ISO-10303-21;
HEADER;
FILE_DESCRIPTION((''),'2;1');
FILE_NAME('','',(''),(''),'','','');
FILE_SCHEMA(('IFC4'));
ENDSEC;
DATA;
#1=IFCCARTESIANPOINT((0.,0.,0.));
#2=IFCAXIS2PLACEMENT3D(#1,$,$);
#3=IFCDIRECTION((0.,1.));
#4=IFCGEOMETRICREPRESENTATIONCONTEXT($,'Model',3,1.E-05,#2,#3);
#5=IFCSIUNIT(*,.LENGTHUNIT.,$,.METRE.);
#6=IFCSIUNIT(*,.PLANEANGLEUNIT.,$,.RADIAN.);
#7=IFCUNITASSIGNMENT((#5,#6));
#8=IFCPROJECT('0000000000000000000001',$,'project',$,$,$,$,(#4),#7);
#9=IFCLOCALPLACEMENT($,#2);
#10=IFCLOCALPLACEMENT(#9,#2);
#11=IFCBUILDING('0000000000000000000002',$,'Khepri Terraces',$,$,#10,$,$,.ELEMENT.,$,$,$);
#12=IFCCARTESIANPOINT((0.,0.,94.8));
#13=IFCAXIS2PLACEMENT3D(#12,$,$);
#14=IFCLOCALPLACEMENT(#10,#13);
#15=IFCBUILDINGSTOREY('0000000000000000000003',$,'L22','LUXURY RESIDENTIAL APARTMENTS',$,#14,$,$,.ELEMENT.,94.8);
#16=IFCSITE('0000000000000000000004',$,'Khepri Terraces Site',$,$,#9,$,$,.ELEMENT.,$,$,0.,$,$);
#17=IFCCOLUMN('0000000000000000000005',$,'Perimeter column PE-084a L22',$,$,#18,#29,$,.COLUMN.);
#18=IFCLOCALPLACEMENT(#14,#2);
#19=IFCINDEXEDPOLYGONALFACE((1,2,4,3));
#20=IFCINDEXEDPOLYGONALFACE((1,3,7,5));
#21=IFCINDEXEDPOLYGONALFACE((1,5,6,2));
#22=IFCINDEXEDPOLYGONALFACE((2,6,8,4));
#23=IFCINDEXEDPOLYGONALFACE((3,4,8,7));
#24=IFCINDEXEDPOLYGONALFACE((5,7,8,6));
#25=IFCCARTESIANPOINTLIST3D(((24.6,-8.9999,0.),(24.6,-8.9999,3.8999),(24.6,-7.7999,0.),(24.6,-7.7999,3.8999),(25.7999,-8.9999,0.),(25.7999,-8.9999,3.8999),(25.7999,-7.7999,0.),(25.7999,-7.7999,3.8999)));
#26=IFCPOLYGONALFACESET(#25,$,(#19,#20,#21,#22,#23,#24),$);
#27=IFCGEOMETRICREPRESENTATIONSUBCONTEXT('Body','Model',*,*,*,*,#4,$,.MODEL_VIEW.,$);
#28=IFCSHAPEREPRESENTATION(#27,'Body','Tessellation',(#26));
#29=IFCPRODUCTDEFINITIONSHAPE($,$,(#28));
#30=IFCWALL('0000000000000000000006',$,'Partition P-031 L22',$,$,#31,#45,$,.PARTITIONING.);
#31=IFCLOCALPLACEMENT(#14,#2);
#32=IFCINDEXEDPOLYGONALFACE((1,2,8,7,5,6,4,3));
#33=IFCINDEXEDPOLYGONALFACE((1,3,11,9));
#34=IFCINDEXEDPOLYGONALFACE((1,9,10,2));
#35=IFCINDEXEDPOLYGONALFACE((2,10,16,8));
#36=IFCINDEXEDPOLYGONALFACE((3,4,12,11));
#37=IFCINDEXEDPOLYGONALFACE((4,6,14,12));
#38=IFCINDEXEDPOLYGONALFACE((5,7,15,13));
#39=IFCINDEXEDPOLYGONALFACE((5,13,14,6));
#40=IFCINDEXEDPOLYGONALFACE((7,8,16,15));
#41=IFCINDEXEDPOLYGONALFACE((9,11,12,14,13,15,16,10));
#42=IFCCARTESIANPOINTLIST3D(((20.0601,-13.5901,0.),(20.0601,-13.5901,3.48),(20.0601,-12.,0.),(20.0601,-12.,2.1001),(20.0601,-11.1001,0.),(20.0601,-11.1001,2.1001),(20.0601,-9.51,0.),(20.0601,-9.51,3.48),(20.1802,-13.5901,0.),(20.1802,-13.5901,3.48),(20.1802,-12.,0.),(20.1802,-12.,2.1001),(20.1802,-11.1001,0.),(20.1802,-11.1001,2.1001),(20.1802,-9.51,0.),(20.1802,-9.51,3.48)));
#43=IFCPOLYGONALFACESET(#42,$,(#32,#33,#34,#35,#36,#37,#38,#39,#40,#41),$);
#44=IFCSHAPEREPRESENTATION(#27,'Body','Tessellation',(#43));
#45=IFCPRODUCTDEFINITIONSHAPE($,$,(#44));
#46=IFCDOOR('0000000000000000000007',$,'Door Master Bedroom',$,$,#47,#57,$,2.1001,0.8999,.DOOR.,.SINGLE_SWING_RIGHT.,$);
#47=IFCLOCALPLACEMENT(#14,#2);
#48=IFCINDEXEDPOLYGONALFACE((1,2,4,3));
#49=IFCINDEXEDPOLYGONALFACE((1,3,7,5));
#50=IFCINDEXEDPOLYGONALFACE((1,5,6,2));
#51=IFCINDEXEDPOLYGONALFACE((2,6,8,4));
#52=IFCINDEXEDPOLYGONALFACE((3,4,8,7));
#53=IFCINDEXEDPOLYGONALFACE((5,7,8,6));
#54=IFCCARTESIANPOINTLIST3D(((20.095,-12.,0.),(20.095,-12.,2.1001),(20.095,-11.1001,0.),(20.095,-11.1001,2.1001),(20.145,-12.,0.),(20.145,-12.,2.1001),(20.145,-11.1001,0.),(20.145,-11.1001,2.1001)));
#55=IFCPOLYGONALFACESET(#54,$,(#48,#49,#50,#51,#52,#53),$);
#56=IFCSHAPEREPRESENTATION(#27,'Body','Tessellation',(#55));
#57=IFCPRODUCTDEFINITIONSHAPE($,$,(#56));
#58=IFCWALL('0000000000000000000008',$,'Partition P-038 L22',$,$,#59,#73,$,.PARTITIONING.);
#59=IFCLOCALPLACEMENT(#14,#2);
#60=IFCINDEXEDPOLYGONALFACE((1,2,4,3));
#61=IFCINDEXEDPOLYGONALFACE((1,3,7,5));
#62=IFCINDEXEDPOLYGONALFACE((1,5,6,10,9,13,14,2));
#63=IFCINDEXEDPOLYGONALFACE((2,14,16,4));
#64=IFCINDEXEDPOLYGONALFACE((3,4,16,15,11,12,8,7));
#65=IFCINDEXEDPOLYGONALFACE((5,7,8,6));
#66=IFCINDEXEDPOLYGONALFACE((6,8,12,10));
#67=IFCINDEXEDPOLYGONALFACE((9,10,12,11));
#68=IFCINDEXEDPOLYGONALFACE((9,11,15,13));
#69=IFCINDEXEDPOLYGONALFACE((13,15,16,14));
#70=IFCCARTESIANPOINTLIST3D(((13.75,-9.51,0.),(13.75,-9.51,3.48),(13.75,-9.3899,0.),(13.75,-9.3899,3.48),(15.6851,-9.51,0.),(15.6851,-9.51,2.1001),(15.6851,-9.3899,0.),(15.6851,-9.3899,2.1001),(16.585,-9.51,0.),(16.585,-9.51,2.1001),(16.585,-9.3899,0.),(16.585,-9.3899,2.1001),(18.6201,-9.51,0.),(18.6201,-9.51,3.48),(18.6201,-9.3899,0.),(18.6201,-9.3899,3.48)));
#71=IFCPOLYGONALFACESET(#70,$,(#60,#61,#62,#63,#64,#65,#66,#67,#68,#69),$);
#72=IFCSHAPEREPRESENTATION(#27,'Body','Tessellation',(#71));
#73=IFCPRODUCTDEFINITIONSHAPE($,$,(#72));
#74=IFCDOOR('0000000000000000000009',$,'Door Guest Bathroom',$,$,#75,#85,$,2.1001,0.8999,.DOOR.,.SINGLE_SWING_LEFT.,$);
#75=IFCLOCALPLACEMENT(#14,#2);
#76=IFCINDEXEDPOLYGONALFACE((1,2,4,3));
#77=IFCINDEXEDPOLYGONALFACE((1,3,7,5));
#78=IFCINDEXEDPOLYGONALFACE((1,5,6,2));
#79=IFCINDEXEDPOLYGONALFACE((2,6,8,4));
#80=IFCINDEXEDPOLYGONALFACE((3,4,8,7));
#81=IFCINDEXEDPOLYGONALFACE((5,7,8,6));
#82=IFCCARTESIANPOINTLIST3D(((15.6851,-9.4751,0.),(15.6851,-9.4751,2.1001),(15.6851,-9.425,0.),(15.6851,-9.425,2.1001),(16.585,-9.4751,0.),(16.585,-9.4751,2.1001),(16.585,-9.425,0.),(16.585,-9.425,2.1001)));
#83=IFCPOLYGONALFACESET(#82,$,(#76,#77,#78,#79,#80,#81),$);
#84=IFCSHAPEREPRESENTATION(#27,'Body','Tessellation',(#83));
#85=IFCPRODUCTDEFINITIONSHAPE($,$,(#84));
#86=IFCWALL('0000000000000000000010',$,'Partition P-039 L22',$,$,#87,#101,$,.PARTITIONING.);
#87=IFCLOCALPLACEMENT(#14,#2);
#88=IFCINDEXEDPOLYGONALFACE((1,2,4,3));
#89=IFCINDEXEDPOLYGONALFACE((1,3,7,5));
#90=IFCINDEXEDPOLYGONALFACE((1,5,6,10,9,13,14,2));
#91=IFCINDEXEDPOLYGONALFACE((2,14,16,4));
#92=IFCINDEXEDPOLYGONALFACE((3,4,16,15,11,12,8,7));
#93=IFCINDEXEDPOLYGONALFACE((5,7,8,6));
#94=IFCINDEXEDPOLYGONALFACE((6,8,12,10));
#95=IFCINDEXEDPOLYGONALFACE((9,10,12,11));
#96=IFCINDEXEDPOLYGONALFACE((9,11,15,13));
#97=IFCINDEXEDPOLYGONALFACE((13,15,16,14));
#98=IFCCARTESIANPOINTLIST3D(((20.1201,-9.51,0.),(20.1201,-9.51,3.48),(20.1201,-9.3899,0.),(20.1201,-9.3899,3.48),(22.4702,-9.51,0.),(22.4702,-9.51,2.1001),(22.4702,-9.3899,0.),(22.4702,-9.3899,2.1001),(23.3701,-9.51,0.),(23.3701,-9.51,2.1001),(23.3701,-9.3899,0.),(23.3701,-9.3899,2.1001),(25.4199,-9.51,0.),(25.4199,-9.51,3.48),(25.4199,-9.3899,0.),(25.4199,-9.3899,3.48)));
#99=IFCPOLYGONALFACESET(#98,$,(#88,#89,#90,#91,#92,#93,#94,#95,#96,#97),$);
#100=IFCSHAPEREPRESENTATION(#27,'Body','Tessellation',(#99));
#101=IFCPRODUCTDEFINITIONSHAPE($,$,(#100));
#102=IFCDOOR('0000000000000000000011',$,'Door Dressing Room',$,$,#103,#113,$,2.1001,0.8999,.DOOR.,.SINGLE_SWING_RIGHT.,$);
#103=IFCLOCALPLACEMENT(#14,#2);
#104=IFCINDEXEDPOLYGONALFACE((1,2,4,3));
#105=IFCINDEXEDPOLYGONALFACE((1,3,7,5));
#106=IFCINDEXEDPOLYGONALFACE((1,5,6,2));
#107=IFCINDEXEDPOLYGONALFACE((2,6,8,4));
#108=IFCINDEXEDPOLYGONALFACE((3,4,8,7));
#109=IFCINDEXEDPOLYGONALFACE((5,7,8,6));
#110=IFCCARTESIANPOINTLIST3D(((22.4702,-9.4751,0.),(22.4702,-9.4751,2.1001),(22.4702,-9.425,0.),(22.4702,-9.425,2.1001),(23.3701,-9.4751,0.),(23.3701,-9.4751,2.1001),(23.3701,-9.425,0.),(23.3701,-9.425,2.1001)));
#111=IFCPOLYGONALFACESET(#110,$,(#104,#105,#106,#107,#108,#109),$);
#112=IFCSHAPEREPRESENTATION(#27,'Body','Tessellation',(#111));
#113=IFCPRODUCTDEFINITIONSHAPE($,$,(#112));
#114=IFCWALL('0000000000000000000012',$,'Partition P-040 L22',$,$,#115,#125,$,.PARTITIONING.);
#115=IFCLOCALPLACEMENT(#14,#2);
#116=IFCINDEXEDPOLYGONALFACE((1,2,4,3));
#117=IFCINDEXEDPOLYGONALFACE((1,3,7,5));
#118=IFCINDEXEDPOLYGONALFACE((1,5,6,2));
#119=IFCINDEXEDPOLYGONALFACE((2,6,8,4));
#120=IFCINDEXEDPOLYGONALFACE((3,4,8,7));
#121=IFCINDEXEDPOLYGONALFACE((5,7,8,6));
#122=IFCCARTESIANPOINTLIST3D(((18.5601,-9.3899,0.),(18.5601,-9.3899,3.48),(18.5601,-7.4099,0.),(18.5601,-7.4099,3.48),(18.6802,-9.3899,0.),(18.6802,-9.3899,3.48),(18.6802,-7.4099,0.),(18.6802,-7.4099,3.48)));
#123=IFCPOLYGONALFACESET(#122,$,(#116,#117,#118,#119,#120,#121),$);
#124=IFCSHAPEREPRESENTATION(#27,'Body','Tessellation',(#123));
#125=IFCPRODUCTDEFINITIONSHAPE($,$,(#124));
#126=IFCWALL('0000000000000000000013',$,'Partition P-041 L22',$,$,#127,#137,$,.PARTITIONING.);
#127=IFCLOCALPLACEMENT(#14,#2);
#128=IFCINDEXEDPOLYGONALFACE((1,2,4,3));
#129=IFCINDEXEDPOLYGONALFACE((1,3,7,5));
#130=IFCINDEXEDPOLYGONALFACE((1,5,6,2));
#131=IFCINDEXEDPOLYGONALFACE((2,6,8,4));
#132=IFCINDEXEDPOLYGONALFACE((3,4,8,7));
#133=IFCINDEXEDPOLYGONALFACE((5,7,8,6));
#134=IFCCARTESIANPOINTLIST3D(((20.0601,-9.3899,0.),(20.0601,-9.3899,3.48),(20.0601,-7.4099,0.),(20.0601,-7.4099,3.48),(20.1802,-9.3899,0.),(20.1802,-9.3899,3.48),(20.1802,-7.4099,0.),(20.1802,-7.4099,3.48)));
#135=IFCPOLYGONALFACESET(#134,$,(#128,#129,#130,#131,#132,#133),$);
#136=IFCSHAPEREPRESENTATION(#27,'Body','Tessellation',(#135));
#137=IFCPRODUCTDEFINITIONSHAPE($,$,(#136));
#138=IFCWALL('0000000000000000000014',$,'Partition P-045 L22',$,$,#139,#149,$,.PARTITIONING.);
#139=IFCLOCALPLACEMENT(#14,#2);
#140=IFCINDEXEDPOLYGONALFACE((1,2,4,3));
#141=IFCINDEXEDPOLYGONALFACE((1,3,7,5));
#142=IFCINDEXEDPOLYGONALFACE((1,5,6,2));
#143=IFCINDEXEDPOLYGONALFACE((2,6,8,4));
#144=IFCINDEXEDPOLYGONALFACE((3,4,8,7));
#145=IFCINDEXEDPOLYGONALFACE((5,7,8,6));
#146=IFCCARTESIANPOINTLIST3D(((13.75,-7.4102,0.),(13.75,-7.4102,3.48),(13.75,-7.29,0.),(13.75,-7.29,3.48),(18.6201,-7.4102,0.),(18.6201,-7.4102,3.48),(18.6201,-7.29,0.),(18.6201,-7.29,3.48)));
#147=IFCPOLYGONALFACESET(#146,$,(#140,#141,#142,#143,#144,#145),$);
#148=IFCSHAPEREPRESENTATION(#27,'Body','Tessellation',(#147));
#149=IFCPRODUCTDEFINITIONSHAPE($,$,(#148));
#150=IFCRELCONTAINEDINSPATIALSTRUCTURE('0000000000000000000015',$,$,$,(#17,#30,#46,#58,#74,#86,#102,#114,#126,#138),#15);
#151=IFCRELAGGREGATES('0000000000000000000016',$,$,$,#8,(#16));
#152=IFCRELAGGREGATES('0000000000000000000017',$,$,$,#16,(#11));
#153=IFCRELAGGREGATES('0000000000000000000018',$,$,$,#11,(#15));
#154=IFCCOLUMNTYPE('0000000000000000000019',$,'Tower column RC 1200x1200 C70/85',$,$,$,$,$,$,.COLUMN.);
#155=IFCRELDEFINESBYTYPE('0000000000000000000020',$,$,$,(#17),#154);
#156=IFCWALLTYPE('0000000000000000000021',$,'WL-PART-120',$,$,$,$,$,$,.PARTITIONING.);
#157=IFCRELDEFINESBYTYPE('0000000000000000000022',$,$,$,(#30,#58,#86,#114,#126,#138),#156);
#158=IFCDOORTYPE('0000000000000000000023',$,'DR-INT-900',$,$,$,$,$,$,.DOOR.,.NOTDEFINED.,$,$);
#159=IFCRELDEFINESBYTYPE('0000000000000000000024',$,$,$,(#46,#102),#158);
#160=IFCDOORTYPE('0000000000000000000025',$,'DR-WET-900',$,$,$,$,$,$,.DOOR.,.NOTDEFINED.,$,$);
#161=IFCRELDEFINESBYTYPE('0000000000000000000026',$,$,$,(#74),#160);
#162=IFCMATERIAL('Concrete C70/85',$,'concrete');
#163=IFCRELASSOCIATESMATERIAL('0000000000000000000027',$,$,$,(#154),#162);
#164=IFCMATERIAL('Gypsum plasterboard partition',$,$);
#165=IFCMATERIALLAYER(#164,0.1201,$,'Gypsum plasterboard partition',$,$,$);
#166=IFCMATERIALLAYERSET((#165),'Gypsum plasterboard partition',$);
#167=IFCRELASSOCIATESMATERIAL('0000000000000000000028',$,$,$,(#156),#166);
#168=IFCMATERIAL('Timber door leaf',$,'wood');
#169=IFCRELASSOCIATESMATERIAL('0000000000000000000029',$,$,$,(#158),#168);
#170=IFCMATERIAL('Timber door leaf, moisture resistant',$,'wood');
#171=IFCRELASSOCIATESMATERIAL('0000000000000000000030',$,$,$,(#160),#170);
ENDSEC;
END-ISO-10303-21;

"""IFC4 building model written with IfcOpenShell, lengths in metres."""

from ifc_helpers import new_model, si_unit, direction, frame, frame_2d, origin, origin_2d, place, context, subcontext, project, spatial, rectangle, extrude, material, layer, layer_set, material_profile, profile_set, type_object, element, fill, save


model = new_model("IFC4")

# Units and contexts
model_context = context("Model", 3, precision=1e-05, world=origin(), true_north=direction((0.0, 1.0)))
body_context = subcontext(model_context, "Body", "Model", "MODEL_VIEW")
ifc_project = project(units=[si_unit("LENGTHUNIT", "METRE"), si_unit("PLANEANGLEUNIT", "RADIAN")], contexts=[model_context])

# Site, building, storey
site_placement = place(None, origin())
site = spatial("IfcSite", under=ifc_project, at=site_placement, Name="Khepri Terraces Site", CompositionType="ELEMENT", RefElevation=0.0)
building_placement = place(site_placement, origin())
building = spatial("IfcBuilding", under=site, at=building_placement, Name="Khepri Terraces", CompositionType="ELEMENT")
storey_placement = place(building_placement, frame((0.0, 0.0, 94.8)))
storey = spatial("IfcBuildingStorey", under=building, at=storey_placement, Name="L22", Description="LUXURY RESIDENTIAL APARTMENTS", CompositionType="ELEMENT", Elevation=94.8)

# Column
ifc_material_1 = material(Name="Concrete C70/85", Category="concrete")
ifc_material_profile = material_profile(ifc_material_1, rectangle(XDim=1.2, YDim=1.2, at=origin_2d()), Name="Concrete C70/85", Category="concrete")
ifc_profile_set = profile_set([ifc_material_profile], Name="Concrete C70/85")
column_type = type_object("IfcColumnType", Name="Tower column RC 1200x1200 C70/85", PredefinedType="COLUMN", material=ifc_profile_set)
column_placement = place(storey_placement, frame((25.2, -8.3999, 0.0), z_axis=(0.0, 0.0, 1.0), x_axis=(1.0, 0.0, 0.0)))
element("IfcColumn", 1, at=column_placement, inside=storey, type_object=column_type, Name="Perimeter column PE-084a L22", PredefinedType="COLUMN", context=body_context, shape_type="SweptSolid", body=[
    extrude(rectangle(XDim=1.2, YDim=1.2, at=origin_2d()), origin(), (0.0, 0.0, 1.0), 3.8999),
])

# Walls, openings, doors
ifc_material_2 = material(Name="Gypsum plasterboard partition")
ifc_layer_1 = layer(ifc_material_2, 0.1201, Name="Gypsum plasterboard partition")
ifc_layer_set_1 = layer_set([ifc_layer_1], Name="Gypsum plasterboard partition")
wall_type_1 = type_object("IfcWallType", Name="WL-PART-120", PredefinedType="PARTITIONING", material=ifc_layer_set_1)
wall_1_placement = place(storey_placement, frame((20.1201, -13.5901, 0.0), z_axis=(0.0, 0.0, 1.0), x_axis=(0.0, 1.0, 0.0)))
wall_1 = element("IfcWall", 2, at=wall_1_placement, inside=storey, type_object=wall_type_1, Name="Partition P-031 L22", PredefinedType="PARTITIONING", context=body_context, shape_type="SweptSolid", body=[
    extrude(rectangle(XDim=4.0801, YDim=0.1201, at=frame_2d((2.04, 0.0))), origin(), (0.0, 0.0, 1.0), 3.48),
])
opening_1_placement = place(wall_1_placement, frame((1.5901, 0.0, 0.0)))
opening_1 = element("IfcOpeningElement", 3, at=opening_1_placement, cuts=wall_1, PredefinedType="OPENING", context=body_context, shape_type="SweptSolid", body=[
    extrude(rectangle(XDim=0.8999, YDim=2.1001, at=frame_2d((0.45, 1.05))), frame((0.0, 0.0701, 0.0), z_axis=(0.0, -1.0, 0.0), x_axis=(1.0, 0.0, 0.0)), (0.0, 0.0, 1.0), 0.1401),
])
ifc_material_3 = material(Name="Timber door leaf", Category="wood")
door_type_1 = type_object("IfcDoorType", Name="DR-INT-900", OperationType="NOTDEFINED", PredefinedType="DOOR", material=ifc_material_3)
door_1_placement = place(opening_1_placement, frame((0.8999, 0.0, 0.0), z_axis=(0.0, 0.0, 1.0), x_axis=(-1.0, 0.0, 0.0)))
door_1 = element("IfcDoor", 4, at=door_1_placement, inside=storey, type_object=door_type_1, Name="Door Master Bedroom", OperationType="SINGLE_SWING_RIGHT", OverallHeight=2.1001, OverallWidth=0.8999, PredefinedType="DOOR", context=body_context, shape_type="SweptSolid", body=[
    extrude(rectangle(XDim=0.8999, YDim=2.1001, at=frame_2d((0.45, 1.05))), frame((0.0, 0.0249, 0.0), z_axis=(0.0, -1.0, 0.0), x_axis=(1.0, 0.0, 0.0)), (0.0, 0.0, 1.0), 0.05),
])
fill(opening_1, door_1)
wall_2_placement = place(storey_placement, frame((13.75, -9.45, 0.0), z_axis=(0.0, 0.0, 1.0), x_axis=(1.0, 0.0, 0.0)))
wall_2 = element("IfcWall", 5, at=wall_2_placement, inside=storey, type_object=wall_type_1, Name="Partition P-038 L22", PredefinedType="PARTITIONING", context=body_context, shape_type="SweptSolid", body=[
    extrude(rectangle(XDim=4.8701, YDim=0.1201, at=frame_2d((2.4351, 0.0))), origin(), (0.0, 0.0, 1.0), 3.48),
])
opening_2_placement = place(wall_2_placement, frame((1.9351, 0.0, 0.0)))
opening_2 = element("IfcOpeningElement", 6, at=opening_2_placement, cuts=wall_2, PredefinedType="OPENING", context=body_context, shape_type="SweptSolid", body=[
    extrude(rectangle(XDim=0.8999, YDim=2.1001, at=frame_2d((0.45, 1.05))), frame((0.0, 0.0701, 0.0), z_axis=(0.0, -1.0, 0.0), x_axis=(1.0, 0.0, 0.0)), (0.0, 0.0, 1.0), 0.1401),
])
ifc_material_4 = material(Name="Timber door leaf, moisture resistant", Category="wood")
door_type_2 = type_object("IfcDoorType", Name="DR-WET-900", OperationType="NOTDEFINED", PredefinedType="DOOR", material=ifc_material_4)
door_2_placement = place(opening_2_placement, origin())
door_2 = element("IfcDoor", 7, at=door_2_placement, inside=storey, type_object=door_type_2, Name="Door Guest Bathroom", OperationType="SINGLE_SWING_LEFT", OverallHeight=2.1001, OverallWidth=0.8999, PredefinedType="DOOR", context=body_context, shape_type="SweptSolid", body=[
    extrude(rectangle(XDim=0.8999, YDim=2.1001, at=frame_2d((0.45, 1.05))), frame((0.0, 0.0249, 0.0), z_axis=(0.0, -1.0, 0.0), x_axis=(1.0, 0.0, 0.0)), (0.0, 0.0, 1.0), 0.05),
])
fill(opening_2, door_2)
wall_3_placement = place(storey_placement, frame((20.1201, -9.45, 0.0), z_axis=(0.0, 0.0, 1.0), x_axis=(1.0, 0.0, 0.0)))
wall_3 = element("IfcWall", 8, at=wall_3_placement, inside=storey, type_object=wall_type_1, Name="Partition P-039 L22", PredefinedType="PARTITIONING", context=body_context, shape_type="SweptSolid", body=[
    extrude(rectangle(XDim=5.2998, YDim=0.1201, at=frame_2d((2.6499, 0.0))), origin(), (0.0, 0.0, 1.0), 3.48),
])
opening_3_placement = place(wall_3_placement, frame((2.3501, 0.0, 0.0)))
opening_3 = element("IfcOpeningElement", 9, at=opening_3_placement, cuts=wall_3, PredefinedType="OPENING", context=body_context, shape_type="SweptSolid", body=[
    extrude(rectangle(XDim=0.8999, YDim=2.1001, at=frame_2d((0.45, 1.05))), frame((0.0, 0.0701, 0.0), z_axis=(0.0, -1.0, 0.0), x_axis=(1.0, 0.0, 0.0)), (0.0, 0.0, 1.0), 0.1401),
])
door_3_placement = place(opening_3_placement, origin())
door_3 = element("IfcDoor", 10, at=door_3_placement, inside=storey, type_object=door_type_1, Name="Door Dressing Room", OperationType="SINGLE_SWING_RIGHT", OverallHeight=2.1001, OverallWidth=0.8999, PredefinedType="DOOR", context=body_context, shape_type="SweptSolid", body=[
    extrude(rectangle(XDim=0.8999, YDim=2.1001, at=frame_2d((0.45, 1.05))), frame((0.0, 0.0249, 0.0), z_axis=(0.0, -1.0, 0.0), x_axis=(1.0, 0.0, 0.0)), (0.0, 0.0, 1.0), 0.05),
])
fill(opening_3, door_3)

# Walls
for number, where, z_axis, x_axis, name in (
    (11, (18.6201, -9.3899, 0.0), (0.0, 0.0, 1.0), (0.0, 1.0, 0.0), "Partition P-040 L22"),
    (12, (20.1201, -9.3899, 0.0), (0.0, 0.0, 1.0), (0.0, 1.0, 0.0), "Partition P-041 L22"),
):
    element("IfcWall", number, at=place(storey_placement, frame(where, z_axis=z_axis, x_axis=x_axis)), inside=storey, type_object=wall_type_1, Name=name, PredefinedType="PARTITIONING", context=body_context, shape_type="SweptSolid", body=[
        extrude(rectangle(XDim=1.98, YDim=0.1201, at=frame_2d((0.99, 0.0))), origin(), (0.0, 0.0, 1.0), 3.48),
    ])
wall_4_placement = place(storey_placement, frame((13.75, -7.3501, 0.0), z_axis=(0.0, 0.0, 1.0), x_axis=(1.0, 0.0, 0.0)))
element("IfcWall", 13, at=wall_4_placement, inside=storey, type_object=wall_type_1, Name="Partition P-045 L22", PredefinedType="PARTITIONING", context=body_context, shape_type="SweptSolid", body=[
    extrude(rectangle(XDim=4.8701, YDim=0.1201, at=frame_2d((2.4351, 0.0))), origin(), (0.0, 0.0, 1.0), 3.48),
])

save(model, "model.ifc")
